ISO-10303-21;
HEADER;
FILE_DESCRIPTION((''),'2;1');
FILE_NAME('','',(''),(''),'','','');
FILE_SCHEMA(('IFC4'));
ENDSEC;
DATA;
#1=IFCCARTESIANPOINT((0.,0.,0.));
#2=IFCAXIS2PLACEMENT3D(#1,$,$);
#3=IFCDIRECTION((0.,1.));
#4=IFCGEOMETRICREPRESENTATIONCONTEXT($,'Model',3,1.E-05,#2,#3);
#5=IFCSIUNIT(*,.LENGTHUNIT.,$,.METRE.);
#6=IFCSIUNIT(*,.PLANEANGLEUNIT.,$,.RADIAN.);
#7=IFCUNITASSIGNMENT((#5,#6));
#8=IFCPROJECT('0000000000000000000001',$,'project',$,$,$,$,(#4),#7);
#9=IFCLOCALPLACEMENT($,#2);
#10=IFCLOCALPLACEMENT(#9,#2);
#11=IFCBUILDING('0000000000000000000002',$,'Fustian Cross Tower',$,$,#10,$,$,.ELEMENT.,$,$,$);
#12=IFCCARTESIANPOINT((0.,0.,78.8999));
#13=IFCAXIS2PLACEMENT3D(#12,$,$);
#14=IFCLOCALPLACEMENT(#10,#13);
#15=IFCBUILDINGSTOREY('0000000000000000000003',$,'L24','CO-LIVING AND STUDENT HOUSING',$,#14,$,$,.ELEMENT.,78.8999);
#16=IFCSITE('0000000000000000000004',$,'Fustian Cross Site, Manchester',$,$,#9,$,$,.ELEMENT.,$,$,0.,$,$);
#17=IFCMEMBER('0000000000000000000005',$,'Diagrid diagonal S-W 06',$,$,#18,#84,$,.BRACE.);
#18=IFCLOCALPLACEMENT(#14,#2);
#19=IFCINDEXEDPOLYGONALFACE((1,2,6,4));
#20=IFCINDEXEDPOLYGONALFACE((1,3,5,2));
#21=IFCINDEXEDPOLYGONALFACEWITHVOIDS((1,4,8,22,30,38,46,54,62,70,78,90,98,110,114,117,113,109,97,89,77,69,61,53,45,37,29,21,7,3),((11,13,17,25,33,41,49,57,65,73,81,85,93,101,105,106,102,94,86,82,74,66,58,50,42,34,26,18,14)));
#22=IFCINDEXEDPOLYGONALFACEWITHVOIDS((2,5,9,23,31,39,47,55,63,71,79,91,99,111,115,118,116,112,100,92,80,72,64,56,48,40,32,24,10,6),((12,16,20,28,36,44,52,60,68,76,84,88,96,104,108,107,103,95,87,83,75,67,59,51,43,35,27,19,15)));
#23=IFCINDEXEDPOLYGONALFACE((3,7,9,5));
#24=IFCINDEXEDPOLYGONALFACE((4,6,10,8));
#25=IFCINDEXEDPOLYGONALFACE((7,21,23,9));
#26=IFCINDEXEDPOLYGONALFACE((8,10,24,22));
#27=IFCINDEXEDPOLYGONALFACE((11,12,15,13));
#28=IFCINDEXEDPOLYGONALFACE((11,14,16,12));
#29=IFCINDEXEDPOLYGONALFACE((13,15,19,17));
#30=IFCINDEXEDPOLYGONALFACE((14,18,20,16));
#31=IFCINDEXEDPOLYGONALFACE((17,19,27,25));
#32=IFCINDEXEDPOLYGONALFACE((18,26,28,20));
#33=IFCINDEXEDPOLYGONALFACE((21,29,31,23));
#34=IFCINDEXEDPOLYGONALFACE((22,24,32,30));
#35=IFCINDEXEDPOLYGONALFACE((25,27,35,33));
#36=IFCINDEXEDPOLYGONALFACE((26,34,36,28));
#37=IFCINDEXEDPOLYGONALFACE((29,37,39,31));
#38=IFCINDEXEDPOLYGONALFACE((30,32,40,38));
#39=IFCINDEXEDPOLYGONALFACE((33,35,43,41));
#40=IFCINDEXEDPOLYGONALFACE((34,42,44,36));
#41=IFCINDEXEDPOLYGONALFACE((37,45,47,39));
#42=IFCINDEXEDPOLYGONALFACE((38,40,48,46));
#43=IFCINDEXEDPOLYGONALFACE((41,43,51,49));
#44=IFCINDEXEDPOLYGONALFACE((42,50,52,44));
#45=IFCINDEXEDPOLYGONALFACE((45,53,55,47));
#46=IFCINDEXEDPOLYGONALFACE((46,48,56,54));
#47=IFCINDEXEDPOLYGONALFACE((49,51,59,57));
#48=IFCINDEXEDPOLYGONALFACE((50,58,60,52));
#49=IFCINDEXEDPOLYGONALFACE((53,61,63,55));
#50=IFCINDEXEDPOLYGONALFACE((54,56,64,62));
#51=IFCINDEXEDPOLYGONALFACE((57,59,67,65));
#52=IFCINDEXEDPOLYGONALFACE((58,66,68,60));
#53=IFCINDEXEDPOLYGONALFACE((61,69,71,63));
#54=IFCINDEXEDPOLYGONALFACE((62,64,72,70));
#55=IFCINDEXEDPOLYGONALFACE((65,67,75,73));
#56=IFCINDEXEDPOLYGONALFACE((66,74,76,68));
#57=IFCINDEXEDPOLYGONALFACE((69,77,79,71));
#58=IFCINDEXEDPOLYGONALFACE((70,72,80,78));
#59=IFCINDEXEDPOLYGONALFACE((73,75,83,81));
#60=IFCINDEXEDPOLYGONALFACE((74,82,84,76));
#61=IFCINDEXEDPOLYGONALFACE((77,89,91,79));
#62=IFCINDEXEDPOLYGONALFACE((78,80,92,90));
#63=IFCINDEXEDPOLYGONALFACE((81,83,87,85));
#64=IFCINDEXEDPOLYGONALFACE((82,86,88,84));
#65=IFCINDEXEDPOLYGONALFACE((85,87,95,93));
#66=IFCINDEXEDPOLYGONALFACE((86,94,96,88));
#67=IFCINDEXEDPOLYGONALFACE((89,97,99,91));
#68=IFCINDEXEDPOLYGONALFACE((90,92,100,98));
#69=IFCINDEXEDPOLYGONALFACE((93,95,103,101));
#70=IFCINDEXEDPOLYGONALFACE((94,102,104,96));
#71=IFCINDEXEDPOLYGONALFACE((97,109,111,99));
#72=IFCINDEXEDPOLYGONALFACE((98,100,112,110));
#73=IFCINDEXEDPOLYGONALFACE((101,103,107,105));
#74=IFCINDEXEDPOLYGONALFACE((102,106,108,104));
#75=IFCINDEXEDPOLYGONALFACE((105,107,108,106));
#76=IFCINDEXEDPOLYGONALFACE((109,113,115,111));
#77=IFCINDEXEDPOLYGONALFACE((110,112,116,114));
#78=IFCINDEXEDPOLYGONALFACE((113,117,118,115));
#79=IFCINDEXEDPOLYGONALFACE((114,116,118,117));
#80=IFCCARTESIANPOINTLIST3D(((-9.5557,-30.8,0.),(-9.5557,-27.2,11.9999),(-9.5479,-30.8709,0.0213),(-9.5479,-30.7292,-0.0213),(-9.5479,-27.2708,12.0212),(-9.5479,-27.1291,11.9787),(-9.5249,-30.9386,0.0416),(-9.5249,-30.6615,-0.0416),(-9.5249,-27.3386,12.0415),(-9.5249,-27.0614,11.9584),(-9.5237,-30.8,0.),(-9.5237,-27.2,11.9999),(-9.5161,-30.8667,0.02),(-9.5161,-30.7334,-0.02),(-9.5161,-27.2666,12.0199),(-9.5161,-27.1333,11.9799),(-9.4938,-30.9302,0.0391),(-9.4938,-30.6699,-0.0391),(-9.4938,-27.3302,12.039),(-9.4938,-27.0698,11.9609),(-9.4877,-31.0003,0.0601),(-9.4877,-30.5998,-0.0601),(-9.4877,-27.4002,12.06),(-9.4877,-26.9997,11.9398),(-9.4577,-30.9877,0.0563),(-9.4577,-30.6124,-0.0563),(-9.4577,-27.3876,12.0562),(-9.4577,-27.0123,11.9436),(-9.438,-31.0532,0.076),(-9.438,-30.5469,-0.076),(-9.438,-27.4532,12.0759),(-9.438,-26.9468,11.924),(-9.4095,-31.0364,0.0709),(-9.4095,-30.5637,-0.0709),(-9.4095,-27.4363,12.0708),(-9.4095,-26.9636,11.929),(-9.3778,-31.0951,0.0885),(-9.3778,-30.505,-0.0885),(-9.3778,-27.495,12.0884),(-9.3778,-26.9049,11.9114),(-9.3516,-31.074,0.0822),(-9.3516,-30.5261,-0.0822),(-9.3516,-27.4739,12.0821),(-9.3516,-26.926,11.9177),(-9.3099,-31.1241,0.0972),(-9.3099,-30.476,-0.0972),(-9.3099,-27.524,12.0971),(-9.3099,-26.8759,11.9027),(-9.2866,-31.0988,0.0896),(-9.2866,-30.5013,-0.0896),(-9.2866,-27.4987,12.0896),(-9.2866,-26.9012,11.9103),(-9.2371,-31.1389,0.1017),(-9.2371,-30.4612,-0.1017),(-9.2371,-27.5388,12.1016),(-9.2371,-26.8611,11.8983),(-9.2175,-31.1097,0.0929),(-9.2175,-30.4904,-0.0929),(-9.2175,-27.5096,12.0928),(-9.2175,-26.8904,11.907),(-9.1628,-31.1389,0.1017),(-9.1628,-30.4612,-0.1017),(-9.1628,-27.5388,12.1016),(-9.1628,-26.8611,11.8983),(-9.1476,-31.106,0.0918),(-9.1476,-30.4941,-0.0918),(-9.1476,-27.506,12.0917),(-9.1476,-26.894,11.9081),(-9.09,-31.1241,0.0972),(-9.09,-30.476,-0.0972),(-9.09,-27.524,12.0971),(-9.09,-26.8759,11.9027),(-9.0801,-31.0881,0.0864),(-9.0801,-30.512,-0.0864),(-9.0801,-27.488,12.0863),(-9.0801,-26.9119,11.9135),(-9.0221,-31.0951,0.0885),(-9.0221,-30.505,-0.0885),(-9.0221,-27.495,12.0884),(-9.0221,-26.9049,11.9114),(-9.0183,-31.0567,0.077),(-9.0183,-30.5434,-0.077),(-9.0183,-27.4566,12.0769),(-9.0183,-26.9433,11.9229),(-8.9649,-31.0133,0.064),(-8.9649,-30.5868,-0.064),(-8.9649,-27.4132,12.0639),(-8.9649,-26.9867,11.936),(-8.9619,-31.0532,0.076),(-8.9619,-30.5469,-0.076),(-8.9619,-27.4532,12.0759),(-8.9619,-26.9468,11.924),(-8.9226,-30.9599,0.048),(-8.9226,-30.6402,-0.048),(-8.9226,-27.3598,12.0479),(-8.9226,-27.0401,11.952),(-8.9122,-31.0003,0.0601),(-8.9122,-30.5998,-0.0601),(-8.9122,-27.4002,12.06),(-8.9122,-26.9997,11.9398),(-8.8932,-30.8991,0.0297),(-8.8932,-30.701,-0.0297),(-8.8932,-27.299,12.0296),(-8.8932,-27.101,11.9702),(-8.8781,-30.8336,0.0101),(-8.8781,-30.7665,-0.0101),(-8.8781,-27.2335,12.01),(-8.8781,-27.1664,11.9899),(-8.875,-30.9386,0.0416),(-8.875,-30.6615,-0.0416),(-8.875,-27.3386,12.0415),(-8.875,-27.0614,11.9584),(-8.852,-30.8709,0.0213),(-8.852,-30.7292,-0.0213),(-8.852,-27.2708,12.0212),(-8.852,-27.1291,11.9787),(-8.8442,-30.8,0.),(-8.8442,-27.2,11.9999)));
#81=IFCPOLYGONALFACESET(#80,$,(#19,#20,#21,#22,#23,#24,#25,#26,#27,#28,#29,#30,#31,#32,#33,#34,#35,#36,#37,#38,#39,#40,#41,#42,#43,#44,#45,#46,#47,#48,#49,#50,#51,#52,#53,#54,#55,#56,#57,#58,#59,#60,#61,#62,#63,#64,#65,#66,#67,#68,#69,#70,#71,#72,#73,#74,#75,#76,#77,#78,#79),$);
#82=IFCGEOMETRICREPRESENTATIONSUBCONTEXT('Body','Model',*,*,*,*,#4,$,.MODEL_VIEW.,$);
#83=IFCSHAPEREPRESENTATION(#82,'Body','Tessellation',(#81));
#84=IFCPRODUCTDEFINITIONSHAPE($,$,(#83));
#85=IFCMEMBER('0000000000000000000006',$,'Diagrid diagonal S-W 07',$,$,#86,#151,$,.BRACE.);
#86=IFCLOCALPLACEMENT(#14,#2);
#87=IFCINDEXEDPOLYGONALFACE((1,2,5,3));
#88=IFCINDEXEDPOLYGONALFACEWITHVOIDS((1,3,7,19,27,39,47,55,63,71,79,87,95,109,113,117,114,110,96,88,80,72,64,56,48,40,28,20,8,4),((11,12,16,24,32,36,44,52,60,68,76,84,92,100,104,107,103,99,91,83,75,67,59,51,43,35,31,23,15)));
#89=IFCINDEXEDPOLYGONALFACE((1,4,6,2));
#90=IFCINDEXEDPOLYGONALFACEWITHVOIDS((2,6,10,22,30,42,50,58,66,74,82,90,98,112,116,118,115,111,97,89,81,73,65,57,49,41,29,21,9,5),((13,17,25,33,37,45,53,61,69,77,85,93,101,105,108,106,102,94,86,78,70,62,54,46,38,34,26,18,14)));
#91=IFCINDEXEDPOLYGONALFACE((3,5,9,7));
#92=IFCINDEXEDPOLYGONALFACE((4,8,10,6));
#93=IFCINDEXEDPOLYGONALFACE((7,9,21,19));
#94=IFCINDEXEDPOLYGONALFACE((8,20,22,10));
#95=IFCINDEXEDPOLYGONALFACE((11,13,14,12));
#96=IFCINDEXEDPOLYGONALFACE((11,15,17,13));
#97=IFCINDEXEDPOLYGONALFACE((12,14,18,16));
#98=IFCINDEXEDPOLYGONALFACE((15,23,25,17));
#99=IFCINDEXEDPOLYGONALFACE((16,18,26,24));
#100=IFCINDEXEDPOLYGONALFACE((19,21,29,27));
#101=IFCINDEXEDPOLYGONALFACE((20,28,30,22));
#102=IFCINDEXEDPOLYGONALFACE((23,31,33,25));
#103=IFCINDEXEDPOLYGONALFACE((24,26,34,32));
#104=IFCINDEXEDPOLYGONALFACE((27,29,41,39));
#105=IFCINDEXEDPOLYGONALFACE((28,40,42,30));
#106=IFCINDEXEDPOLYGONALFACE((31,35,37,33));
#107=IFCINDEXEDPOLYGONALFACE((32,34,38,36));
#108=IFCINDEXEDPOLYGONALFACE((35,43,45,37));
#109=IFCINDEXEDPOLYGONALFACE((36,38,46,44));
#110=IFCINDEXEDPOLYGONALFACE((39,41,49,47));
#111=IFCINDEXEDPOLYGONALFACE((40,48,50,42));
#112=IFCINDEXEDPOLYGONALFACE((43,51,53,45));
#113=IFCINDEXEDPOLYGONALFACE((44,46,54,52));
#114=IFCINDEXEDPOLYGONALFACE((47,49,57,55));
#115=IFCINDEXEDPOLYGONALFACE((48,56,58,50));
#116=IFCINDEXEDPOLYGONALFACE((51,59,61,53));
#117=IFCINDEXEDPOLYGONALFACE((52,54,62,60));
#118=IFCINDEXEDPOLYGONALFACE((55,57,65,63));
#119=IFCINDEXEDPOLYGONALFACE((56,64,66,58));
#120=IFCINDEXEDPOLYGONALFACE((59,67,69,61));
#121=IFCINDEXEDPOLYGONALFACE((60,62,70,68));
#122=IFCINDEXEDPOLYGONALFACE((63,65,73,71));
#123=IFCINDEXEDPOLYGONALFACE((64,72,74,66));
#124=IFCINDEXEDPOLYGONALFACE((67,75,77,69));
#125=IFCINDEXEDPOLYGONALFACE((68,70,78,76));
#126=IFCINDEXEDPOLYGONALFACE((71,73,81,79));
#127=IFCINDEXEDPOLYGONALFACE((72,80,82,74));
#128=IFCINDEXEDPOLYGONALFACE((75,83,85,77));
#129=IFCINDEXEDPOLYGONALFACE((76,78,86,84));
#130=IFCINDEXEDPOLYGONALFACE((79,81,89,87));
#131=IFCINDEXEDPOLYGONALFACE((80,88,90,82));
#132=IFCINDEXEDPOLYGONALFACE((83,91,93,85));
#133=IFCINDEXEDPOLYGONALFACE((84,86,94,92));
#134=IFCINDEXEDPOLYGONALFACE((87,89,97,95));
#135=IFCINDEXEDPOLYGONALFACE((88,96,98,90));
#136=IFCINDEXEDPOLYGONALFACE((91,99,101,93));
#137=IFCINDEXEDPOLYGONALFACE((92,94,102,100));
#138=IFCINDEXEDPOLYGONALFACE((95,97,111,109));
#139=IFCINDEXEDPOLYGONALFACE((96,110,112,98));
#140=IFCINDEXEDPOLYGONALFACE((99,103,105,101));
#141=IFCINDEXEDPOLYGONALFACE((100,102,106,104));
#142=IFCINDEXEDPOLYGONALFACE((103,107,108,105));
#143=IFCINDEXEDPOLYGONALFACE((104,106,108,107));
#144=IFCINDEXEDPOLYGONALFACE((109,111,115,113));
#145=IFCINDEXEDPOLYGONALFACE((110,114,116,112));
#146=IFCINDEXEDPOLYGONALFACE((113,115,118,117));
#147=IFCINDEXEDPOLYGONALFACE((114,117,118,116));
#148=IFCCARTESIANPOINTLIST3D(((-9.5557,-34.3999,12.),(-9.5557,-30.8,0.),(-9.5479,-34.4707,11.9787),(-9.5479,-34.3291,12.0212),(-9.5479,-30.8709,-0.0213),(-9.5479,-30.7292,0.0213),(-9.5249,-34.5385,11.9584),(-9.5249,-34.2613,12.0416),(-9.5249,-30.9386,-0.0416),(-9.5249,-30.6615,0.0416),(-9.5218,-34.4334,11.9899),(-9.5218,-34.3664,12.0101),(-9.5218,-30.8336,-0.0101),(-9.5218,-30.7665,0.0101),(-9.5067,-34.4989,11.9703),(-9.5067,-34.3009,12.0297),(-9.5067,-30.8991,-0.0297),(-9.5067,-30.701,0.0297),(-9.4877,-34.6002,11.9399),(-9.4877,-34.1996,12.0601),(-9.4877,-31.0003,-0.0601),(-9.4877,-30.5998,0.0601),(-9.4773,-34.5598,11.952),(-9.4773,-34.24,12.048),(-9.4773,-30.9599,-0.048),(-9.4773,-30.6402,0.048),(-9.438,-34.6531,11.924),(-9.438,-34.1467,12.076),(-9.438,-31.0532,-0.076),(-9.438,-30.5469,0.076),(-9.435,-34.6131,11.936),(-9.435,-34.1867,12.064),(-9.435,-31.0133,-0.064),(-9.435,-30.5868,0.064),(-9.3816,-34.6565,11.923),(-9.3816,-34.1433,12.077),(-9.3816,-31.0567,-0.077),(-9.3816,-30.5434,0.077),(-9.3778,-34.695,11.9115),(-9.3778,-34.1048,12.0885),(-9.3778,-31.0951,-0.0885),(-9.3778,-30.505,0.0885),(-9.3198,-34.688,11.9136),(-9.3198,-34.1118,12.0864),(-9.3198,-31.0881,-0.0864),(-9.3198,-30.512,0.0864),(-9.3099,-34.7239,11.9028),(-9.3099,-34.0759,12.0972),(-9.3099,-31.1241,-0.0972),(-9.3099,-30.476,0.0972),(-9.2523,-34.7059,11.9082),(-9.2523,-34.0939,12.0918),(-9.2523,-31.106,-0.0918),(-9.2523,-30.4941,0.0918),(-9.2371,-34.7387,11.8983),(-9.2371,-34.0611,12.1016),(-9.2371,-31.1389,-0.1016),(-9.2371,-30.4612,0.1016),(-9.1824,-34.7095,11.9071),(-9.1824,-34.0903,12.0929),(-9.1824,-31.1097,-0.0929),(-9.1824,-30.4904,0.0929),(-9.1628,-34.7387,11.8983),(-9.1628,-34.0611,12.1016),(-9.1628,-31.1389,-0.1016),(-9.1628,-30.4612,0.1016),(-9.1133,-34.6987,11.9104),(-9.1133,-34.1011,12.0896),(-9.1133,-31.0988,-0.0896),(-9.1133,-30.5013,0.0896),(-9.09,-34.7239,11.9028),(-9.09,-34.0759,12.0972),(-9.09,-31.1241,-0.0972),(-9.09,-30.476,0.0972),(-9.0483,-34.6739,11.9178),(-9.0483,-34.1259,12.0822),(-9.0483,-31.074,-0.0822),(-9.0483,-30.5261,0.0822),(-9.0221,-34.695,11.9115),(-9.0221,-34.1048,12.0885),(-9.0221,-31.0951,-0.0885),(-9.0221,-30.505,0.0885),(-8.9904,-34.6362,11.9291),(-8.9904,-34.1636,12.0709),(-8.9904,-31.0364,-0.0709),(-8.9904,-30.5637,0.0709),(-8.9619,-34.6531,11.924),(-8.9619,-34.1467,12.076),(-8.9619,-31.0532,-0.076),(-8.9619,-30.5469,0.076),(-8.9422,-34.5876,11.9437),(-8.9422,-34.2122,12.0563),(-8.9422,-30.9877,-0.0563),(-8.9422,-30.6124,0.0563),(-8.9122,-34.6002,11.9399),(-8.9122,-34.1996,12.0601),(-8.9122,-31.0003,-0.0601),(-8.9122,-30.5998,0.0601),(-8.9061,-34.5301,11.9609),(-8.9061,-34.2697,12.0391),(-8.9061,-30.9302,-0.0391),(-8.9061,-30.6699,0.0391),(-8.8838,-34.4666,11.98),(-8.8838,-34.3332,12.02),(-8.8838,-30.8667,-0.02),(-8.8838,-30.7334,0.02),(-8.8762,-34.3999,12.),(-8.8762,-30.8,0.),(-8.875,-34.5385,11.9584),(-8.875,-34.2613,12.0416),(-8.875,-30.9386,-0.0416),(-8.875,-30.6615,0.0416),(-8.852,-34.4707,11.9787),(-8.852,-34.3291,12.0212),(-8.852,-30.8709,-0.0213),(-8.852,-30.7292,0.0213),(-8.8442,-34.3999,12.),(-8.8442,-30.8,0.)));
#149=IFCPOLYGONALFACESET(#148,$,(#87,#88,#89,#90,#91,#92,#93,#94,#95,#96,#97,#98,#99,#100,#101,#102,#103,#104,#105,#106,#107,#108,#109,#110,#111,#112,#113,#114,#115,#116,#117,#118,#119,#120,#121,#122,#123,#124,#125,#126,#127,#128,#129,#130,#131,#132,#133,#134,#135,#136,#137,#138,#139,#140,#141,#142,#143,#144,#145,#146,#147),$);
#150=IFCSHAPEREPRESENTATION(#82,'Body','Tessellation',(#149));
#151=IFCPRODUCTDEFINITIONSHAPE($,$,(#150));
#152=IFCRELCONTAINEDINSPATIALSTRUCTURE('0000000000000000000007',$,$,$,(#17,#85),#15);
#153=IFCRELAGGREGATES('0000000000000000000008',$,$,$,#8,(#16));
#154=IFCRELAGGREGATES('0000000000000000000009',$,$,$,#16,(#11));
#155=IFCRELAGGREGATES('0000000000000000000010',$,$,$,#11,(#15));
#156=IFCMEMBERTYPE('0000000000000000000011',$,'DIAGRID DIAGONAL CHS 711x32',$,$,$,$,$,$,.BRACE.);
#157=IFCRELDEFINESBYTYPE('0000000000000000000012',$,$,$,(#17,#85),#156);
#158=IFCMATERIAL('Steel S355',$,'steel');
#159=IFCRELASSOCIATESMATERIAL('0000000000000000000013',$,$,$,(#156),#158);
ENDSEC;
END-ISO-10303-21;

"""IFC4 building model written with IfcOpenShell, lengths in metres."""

from ifc_helpers import new_model, si_unit, direction, frame, origin, origin_2d, place, context, subcontext, project, spatial, hollow_circle, extrude, material, material_profile, profile_set, type_object, element, save


model = new_model("IFC4")

# Units and contexts
model_context = context("Model", 3, precision=1e-05, world=origin(), true_north=direction((0.0, 1.0)))
body_context = subcontext(model_context, "Body", "Model", "MODEL_VIEW")
ifc_project = project(units=[si_unit("LENGTHUNIT", "METRE"), si_unit("PLANEANGLEUNIT", "RADIAN")], contexts=[model_context])

# Site, building, storey
site_placement = place(None, origin())
site = spatial("IfcSite", under=ifc_project, at=site_placement, Name="Fustian Cross Site, Manchester", CompositionType="ELEMENT", RefElevation=0.0)
building_placement = place(site_placement, origin())
building = spatial("IfcBuilding", under=site, at=building_placement, Name="Fustian Cross Tower", CompositionType="ELEMENT")
storey_placement = place(building_placement, frame((0.0, 0.0, 78.8999)))
storey = spatial("IfcBuildingStorey", under=building, at=storey_placement, Name="L24", Description="CO-LIVING AND STUDENT HOUSING", CompositionType="ELEMENT", Elevation=78.8999)

# Members
ifc_material_1 = material(Name="Steel S355", Category="steel")
ifc_material_profile_1 = material_profile(ifc_material_1, hollow_circle(Radius=0.3557, WallThickness=0.032, at=origin_2d()), Name="CHS 711x32")
ifc_profile_set_1 = profile_set([ifc_material_profile_1], Name="Steel S355")
member_type_1 = type_object("IfcMemberType", Name="DIAGRID DIAGONAL CHS 711x32", PredefinedType="BRACE", material=ifc_profile_set_1)
for number, where, z_axis, x_axis, name in (
    (1, (-9.2, -30.8, 0.0), (0.0, 0.287355, 0.957824), (-1.0, 0.0, 0.0), "Diagrid diagonal S-W 06"),
    (2, (-9.2, -30.8, 0.0), (0.0, -0.287337, 0.95783), (1.0, 0.0, 0.0), "Diagrid diagonal S-W 07"),
):
    element("IfcMember", number, at=place(storey_placement, frame(where, z_axis=z_axis, x_axis=x_axis)), inside=storey, type_object=member_type_1, Name=name, PredefinedType="BRACE", context=body_context, shape_type="SweptSolid", body=[
        extrude(hollow_circle(Radius=0.3557, WallThickness=0.032, at=origin_2d()), origin(), (0.0, 0.0, 1.0), 12.5283),
    ])

save(model, "model.ifc")
